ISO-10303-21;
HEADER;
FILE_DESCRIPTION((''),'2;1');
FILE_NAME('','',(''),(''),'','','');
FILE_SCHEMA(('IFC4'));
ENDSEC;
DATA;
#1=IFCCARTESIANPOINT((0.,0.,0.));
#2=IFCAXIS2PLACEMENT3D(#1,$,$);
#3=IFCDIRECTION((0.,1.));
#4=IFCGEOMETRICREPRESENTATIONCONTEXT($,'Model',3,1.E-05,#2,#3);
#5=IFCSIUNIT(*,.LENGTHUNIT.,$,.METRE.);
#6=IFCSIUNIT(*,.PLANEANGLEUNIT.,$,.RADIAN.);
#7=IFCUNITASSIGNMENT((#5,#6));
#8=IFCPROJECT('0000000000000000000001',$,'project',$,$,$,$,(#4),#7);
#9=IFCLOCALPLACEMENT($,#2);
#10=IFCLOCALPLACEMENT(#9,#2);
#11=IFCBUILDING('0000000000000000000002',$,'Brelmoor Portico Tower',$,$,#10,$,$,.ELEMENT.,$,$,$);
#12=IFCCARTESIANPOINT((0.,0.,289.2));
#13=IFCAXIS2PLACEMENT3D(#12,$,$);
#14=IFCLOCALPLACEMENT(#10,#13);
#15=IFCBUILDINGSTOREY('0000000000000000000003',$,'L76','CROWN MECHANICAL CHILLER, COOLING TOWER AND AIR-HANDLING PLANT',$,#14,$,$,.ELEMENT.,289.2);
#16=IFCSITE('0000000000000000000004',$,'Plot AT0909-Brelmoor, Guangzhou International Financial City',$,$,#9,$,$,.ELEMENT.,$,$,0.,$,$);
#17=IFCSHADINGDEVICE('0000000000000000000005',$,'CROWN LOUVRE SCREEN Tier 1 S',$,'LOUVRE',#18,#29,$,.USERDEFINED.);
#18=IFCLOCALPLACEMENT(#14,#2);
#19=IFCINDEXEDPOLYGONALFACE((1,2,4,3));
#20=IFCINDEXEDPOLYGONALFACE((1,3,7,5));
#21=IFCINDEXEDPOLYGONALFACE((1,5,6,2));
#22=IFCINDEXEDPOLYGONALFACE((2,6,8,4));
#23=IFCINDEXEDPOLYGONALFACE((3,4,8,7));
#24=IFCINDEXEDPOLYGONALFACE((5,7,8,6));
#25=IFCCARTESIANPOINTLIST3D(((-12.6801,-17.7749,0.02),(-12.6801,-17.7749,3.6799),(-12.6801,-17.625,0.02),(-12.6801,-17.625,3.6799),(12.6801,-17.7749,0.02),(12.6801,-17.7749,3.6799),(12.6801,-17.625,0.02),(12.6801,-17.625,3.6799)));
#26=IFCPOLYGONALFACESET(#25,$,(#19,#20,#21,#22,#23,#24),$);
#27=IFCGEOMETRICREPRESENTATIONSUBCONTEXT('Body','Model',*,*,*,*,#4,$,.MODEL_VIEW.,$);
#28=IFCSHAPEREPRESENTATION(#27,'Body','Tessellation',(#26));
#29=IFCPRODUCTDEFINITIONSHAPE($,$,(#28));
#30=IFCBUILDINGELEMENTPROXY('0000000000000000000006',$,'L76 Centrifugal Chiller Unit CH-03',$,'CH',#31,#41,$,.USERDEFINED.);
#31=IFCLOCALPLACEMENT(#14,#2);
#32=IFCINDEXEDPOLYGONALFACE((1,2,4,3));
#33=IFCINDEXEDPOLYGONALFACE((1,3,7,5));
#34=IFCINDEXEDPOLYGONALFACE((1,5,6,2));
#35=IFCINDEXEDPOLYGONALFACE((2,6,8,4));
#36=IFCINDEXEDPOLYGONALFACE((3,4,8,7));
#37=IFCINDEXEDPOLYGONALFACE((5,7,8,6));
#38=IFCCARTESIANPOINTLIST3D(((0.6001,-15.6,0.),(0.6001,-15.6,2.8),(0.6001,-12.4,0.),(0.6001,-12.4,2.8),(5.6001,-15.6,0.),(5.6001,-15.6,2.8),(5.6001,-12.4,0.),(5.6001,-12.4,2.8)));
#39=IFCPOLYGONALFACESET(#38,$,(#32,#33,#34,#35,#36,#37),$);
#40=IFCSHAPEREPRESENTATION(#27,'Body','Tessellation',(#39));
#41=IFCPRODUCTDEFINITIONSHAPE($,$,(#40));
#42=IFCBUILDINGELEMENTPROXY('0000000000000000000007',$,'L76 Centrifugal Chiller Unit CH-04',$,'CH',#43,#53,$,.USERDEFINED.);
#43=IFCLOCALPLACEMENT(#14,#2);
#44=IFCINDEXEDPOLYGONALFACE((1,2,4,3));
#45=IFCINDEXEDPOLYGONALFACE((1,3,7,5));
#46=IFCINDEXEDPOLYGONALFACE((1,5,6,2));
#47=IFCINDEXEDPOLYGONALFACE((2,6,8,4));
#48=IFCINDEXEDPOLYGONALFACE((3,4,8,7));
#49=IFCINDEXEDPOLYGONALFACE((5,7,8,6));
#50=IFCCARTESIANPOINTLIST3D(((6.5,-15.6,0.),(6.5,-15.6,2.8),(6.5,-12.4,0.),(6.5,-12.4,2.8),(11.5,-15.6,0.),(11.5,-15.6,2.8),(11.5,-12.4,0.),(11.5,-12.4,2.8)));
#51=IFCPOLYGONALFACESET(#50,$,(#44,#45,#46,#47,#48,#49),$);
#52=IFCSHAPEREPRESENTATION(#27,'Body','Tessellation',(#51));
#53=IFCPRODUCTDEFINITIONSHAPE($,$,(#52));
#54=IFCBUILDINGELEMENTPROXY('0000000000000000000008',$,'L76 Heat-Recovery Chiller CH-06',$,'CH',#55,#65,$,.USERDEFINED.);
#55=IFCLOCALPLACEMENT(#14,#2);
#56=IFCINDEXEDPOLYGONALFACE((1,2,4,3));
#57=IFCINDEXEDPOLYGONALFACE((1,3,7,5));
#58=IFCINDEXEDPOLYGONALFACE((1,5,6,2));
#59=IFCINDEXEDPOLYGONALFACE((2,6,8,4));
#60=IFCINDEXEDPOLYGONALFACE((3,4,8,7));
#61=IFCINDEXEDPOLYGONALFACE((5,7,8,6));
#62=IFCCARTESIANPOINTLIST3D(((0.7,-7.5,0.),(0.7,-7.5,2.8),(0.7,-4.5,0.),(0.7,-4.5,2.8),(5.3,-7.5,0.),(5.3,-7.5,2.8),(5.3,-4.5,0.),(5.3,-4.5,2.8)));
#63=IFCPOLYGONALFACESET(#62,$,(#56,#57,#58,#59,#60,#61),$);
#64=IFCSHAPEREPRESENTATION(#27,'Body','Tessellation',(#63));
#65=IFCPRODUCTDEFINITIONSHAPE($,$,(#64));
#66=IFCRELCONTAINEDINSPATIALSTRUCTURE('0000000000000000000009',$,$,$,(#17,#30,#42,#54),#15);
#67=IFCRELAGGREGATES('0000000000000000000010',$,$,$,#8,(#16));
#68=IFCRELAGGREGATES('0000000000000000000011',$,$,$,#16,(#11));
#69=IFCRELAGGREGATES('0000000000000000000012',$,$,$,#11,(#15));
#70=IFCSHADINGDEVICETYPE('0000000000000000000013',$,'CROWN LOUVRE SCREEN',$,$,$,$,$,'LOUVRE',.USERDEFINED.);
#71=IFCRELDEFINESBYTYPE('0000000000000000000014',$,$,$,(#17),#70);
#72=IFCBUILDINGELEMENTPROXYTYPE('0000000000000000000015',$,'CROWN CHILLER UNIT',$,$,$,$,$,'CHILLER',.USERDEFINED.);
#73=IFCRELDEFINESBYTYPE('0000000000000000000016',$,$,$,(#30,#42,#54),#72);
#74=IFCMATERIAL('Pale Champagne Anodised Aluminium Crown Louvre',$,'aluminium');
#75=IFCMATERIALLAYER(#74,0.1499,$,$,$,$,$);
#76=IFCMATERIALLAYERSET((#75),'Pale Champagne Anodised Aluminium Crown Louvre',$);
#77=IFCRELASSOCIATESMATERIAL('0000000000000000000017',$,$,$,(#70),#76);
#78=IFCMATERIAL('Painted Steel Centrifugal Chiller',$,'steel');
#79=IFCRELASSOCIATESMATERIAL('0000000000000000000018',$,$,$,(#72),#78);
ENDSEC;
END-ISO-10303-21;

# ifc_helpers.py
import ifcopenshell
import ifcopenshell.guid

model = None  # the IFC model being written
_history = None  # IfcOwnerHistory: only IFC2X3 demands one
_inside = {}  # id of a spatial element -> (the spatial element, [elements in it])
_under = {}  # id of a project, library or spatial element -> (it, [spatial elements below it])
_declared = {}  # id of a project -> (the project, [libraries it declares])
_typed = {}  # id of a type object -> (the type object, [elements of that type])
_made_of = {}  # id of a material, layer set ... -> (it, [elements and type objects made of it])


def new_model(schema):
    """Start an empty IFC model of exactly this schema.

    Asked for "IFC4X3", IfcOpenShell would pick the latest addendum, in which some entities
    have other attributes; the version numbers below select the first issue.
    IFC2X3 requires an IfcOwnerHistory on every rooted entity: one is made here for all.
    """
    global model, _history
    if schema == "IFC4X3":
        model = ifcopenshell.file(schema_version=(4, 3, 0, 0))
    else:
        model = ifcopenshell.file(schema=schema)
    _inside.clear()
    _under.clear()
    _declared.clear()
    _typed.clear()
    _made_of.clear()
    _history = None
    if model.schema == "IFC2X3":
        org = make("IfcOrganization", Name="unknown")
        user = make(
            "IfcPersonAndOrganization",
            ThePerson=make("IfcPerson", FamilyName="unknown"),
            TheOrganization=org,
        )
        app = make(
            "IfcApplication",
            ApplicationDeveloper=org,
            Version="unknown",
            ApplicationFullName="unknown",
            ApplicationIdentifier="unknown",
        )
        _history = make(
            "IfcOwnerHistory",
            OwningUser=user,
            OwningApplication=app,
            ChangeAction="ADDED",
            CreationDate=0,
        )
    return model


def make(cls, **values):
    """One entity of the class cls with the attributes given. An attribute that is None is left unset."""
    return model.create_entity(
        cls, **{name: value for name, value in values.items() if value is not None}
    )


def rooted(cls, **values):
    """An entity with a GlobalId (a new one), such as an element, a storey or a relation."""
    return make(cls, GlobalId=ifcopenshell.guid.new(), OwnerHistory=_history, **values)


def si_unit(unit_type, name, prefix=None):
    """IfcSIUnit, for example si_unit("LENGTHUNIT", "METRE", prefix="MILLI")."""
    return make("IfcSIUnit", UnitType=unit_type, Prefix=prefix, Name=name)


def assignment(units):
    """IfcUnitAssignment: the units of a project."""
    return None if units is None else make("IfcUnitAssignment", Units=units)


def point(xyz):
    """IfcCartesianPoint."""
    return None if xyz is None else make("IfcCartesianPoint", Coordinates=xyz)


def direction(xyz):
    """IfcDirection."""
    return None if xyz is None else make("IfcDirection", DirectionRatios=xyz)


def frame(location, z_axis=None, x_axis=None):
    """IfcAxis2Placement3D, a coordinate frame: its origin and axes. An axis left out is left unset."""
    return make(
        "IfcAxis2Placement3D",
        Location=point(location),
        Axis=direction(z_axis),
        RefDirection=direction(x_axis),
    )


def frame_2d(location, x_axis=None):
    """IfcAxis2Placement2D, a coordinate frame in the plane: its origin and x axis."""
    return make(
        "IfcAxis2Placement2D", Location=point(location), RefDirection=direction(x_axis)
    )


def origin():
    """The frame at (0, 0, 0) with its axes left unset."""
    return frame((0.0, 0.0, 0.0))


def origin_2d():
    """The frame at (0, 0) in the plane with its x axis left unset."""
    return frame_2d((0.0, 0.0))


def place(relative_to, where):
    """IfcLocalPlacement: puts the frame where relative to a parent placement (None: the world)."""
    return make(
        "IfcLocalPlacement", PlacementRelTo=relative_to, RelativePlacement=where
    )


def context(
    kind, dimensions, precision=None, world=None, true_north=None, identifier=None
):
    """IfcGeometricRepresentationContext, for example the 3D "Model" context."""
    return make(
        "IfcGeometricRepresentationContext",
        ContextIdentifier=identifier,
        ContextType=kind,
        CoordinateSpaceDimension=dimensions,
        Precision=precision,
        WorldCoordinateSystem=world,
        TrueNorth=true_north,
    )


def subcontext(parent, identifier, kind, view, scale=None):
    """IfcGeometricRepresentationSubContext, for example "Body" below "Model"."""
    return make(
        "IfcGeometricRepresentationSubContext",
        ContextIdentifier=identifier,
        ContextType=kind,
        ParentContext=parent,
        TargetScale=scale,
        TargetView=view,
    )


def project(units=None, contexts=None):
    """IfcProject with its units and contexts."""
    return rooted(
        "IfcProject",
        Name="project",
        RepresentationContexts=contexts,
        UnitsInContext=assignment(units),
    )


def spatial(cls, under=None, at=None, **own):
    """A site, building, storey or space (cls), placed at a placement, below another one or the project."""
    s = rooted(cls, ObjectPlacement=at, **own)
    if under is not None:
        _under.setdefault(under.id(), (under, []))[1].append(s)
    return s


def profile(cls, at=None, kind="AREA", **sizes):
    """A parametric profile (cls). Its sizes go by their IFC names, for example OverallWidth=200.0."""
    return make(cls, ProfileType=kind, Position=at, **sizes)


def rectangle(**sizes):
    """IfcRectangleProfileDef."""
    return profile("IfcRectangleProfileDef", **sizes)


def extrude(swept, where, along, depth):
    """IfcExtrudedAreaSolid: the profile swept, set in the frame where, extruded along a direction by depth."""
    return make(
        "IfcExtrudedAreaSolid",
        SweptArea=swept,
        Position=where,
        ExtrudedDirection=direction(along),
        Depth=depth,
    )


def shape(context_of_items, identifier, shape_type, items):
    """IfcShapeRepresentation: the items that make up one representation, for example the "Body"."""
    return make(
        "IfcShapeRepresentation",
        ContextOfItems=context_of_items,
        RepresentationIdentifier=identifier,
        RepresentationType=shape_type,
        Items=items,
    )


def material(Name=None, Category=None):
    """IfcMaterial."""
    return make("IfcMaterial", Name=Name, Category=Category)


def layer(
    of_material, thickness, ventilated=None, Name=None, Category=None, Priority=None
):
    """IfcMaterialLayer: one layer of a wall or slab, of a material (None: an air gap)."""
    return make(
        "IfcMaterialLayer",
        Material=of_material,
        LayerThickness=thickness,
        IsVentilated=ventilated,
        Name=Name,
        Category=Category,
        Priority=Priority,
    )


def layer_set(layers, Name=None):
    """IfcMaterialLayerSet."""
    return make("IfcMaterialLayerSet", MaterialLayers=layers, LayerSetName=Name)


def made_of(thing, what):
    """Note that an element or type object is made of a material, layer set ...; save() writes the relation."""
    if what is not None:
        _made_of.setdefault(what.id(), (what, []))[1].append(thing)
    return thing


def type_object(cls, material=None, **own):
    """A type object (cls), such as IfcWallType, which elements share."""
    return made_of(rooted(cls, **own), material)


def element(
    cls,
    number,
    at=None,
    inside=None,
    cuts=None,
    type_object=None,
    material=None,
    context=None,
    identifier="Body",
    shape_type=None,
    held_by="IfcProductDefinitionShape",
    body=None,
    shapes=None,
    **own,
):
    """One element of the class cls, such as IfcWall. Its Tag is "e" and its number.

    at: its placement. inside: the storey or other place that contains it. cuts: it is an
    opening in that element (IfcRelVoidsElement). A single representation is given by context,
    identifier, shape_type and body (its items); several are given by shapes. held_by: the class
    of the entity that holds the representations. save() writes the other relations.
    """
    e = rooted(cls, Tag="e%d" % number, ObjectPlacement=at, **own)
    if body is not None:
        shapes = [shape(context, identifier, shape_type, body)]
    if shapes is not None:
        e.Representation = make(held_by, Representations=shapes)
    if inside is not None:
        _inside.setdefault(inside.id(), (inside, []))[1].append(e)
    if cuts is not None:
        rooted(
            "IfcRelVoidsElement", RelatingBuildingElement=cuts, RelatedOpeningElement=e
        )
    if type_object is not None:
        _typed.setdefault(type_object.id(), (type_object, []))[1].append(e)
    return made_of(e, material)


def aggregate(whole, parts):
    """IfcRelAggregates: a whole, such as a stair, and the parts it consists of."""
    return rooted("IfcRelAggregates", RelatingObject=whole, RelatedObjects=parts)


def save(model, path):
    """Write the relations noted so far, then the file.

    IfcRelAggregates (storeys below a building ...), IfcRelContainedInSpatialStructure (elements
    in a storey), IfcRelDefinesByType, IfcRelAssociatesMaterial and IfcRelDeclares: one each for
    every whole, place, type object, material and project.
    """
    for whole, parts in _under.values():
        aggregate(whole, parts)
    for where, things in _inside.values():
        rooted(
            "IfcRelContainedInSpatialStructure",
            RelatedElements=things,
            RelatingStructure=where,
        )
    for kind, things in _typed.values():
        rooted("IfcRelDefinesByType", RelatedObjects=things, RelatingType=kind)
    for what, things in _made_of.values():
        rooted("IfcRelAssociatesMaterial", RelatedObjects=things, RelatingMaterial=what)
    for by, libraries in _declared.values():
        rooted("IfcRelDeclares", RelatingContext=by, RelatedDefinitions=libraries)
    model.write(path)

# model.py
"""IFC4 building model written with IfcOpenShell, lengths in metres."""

from ifc_helpers import new_model, si_unit, direction, frame, origin, origin_2d, place, context, subcontext, project, spatial, rectangle, extrude, material, layer, layer_set, type_object, element, save


model = new_model("IFC4")

# Units and contexts
model_context = context("Model", 3, precision=1e-05, world=origin(), true_north=direction((0.0, 1.0)))
body_context = subcontext(model_context, "Body", "Model", "MODEL_VIEW")
ifc_project = project(units=[si_unit("LENGTHUNIT", "METRE"), si_unit("PLANEANGLEUNIT", "RADIAN")], contexts=[model_context])

# Site, building, storey
site_placement = place(None, origin())
site = spatial("IfcSite", under=ifc_project, at=site_placement, Name="Plot AT0909-Brelmoor, Guangzhou International Financial City", CompositionType="ELEMENT", RefElevation=0.0)
building_placement = place(site_placement, origin())
building = spatial("IfcBuilding", under=site, at=building_placement, Name="Brelmoor Portico Tower", CompositionType="ELEMENT")
storey_placement = place(building_placement, frame((0.0, 0.0, 289.2)))
storey = spatial("IfcBuildingStorey", under=building, at=storey_placement, Name="L76", Description="CROWN MECHANICAL CHILLER, COOLING TOWER AND AIR-HANDLING PLANT", CompositionType="ELEMENT", Elevation=289.2)

# Shading device
ifc_material_1 = material(Name="Pale Champagne Anodised Aluminium Crown Louvre", Category="aluminium")
ifc_layer_1 = layer(ifc_material_1, 0.1499)
ifc_layer_set_1 = layer_set([ifc_layer_1], Name="Pale Champagne Anodised Aluminium Crown Louvre")
shading_device_type = type_object("IfcShadingDeviceType", Name="CROWN LOUVRE SCREEN", ElementType="LOUVRE", PredefinedType="USERDEFINED", material=ifc_layer_set_1)
shading_device_placement = place(storey_placement, frame((0.0, -17.7, 0.02), z_axis=(0.0, 0.0, 1.0), x_axis=(1.0, 0.0, 0.0)))
element("IfcShadingDevice", 1, at=shading_device_placement, inside=storey, type_object=shading_device_type, Name="CROWN LOUVRE SCREEN Tier 1 S", ObjectType="LOUVRE", PredefinedType="USERDEFINED", context=body_context, shape_type="SweptSolid", body=[
    extrude(rectangle(XDim=25.3601, YDim=0.1499, at=origin_2d()), origin(), (0.0, 0.0, 1.0), 3.6599),
])

# Building element proxies
ifc_material_2 = material(Name="Painted Steel Centrifugal Chiller", Category="steel")
building_element_proxy_type = type_object("IfcBuildingElementProxyType", Name="CROWN CHILLER UNIT", ElementType="CHILLER", PredefinedType="USERDEFINED", material=ifc_material_2)
for number, where, z_axis, x_axis, name in (
    (2, (3.1001, -14.0, 0.0), (0.0, 0.0, 1.0), (1.0, 0.0, 0.0), "L76 Centrifugal Chiller Unit CH-03"),
    (3, (9.0, -14.0, 0.0), (0.0, 0.0, 1.0), (1.0, 0.0, 0.0), "L76 Centrifugal Chiller Unit CH-04"),
):
    element("IfcBuildingElementProxy", number, at=place(storey_placement, frame(where, z_axis=z_axis, x_axis=x_axis)), inside=storey, type_object=building_element_proxy_type, Name=name, ObjectType="CH", PredefinedType="USERDEFINED", context=body_context, shape_type="SweptSolid", body=[
        extrude(rectangle(XDim=5.0, YDim=3.2, at=origin_2d()), origin(), (0.0, 0.0, 1.0), 2.8),
    ])
proxy_placement = place(storey_placement, frame((3.0, -6.0, 0.0), z_axis=(0.0, 0.0, 1.0), x_axis=(1.0, 0.0, 0.0)))
element("IfcBuildingElementProxy", 4, at=proxy_placement, inside=storey, type_object=building_element_proxy_type, Name="L76 Heat-Recovery Chiller CH-06", ObjectType="CH", PredefinedType="USERDEFINED", context=body_context, shape_type="SweptSolid", body=[
    extrude(rectangle(XDim=4.6001, YDim=3.0, at=origin_2d()), origin(), (0.0, 0.0, 1.0), 2.8),
])

save(model, "model.ifc")
